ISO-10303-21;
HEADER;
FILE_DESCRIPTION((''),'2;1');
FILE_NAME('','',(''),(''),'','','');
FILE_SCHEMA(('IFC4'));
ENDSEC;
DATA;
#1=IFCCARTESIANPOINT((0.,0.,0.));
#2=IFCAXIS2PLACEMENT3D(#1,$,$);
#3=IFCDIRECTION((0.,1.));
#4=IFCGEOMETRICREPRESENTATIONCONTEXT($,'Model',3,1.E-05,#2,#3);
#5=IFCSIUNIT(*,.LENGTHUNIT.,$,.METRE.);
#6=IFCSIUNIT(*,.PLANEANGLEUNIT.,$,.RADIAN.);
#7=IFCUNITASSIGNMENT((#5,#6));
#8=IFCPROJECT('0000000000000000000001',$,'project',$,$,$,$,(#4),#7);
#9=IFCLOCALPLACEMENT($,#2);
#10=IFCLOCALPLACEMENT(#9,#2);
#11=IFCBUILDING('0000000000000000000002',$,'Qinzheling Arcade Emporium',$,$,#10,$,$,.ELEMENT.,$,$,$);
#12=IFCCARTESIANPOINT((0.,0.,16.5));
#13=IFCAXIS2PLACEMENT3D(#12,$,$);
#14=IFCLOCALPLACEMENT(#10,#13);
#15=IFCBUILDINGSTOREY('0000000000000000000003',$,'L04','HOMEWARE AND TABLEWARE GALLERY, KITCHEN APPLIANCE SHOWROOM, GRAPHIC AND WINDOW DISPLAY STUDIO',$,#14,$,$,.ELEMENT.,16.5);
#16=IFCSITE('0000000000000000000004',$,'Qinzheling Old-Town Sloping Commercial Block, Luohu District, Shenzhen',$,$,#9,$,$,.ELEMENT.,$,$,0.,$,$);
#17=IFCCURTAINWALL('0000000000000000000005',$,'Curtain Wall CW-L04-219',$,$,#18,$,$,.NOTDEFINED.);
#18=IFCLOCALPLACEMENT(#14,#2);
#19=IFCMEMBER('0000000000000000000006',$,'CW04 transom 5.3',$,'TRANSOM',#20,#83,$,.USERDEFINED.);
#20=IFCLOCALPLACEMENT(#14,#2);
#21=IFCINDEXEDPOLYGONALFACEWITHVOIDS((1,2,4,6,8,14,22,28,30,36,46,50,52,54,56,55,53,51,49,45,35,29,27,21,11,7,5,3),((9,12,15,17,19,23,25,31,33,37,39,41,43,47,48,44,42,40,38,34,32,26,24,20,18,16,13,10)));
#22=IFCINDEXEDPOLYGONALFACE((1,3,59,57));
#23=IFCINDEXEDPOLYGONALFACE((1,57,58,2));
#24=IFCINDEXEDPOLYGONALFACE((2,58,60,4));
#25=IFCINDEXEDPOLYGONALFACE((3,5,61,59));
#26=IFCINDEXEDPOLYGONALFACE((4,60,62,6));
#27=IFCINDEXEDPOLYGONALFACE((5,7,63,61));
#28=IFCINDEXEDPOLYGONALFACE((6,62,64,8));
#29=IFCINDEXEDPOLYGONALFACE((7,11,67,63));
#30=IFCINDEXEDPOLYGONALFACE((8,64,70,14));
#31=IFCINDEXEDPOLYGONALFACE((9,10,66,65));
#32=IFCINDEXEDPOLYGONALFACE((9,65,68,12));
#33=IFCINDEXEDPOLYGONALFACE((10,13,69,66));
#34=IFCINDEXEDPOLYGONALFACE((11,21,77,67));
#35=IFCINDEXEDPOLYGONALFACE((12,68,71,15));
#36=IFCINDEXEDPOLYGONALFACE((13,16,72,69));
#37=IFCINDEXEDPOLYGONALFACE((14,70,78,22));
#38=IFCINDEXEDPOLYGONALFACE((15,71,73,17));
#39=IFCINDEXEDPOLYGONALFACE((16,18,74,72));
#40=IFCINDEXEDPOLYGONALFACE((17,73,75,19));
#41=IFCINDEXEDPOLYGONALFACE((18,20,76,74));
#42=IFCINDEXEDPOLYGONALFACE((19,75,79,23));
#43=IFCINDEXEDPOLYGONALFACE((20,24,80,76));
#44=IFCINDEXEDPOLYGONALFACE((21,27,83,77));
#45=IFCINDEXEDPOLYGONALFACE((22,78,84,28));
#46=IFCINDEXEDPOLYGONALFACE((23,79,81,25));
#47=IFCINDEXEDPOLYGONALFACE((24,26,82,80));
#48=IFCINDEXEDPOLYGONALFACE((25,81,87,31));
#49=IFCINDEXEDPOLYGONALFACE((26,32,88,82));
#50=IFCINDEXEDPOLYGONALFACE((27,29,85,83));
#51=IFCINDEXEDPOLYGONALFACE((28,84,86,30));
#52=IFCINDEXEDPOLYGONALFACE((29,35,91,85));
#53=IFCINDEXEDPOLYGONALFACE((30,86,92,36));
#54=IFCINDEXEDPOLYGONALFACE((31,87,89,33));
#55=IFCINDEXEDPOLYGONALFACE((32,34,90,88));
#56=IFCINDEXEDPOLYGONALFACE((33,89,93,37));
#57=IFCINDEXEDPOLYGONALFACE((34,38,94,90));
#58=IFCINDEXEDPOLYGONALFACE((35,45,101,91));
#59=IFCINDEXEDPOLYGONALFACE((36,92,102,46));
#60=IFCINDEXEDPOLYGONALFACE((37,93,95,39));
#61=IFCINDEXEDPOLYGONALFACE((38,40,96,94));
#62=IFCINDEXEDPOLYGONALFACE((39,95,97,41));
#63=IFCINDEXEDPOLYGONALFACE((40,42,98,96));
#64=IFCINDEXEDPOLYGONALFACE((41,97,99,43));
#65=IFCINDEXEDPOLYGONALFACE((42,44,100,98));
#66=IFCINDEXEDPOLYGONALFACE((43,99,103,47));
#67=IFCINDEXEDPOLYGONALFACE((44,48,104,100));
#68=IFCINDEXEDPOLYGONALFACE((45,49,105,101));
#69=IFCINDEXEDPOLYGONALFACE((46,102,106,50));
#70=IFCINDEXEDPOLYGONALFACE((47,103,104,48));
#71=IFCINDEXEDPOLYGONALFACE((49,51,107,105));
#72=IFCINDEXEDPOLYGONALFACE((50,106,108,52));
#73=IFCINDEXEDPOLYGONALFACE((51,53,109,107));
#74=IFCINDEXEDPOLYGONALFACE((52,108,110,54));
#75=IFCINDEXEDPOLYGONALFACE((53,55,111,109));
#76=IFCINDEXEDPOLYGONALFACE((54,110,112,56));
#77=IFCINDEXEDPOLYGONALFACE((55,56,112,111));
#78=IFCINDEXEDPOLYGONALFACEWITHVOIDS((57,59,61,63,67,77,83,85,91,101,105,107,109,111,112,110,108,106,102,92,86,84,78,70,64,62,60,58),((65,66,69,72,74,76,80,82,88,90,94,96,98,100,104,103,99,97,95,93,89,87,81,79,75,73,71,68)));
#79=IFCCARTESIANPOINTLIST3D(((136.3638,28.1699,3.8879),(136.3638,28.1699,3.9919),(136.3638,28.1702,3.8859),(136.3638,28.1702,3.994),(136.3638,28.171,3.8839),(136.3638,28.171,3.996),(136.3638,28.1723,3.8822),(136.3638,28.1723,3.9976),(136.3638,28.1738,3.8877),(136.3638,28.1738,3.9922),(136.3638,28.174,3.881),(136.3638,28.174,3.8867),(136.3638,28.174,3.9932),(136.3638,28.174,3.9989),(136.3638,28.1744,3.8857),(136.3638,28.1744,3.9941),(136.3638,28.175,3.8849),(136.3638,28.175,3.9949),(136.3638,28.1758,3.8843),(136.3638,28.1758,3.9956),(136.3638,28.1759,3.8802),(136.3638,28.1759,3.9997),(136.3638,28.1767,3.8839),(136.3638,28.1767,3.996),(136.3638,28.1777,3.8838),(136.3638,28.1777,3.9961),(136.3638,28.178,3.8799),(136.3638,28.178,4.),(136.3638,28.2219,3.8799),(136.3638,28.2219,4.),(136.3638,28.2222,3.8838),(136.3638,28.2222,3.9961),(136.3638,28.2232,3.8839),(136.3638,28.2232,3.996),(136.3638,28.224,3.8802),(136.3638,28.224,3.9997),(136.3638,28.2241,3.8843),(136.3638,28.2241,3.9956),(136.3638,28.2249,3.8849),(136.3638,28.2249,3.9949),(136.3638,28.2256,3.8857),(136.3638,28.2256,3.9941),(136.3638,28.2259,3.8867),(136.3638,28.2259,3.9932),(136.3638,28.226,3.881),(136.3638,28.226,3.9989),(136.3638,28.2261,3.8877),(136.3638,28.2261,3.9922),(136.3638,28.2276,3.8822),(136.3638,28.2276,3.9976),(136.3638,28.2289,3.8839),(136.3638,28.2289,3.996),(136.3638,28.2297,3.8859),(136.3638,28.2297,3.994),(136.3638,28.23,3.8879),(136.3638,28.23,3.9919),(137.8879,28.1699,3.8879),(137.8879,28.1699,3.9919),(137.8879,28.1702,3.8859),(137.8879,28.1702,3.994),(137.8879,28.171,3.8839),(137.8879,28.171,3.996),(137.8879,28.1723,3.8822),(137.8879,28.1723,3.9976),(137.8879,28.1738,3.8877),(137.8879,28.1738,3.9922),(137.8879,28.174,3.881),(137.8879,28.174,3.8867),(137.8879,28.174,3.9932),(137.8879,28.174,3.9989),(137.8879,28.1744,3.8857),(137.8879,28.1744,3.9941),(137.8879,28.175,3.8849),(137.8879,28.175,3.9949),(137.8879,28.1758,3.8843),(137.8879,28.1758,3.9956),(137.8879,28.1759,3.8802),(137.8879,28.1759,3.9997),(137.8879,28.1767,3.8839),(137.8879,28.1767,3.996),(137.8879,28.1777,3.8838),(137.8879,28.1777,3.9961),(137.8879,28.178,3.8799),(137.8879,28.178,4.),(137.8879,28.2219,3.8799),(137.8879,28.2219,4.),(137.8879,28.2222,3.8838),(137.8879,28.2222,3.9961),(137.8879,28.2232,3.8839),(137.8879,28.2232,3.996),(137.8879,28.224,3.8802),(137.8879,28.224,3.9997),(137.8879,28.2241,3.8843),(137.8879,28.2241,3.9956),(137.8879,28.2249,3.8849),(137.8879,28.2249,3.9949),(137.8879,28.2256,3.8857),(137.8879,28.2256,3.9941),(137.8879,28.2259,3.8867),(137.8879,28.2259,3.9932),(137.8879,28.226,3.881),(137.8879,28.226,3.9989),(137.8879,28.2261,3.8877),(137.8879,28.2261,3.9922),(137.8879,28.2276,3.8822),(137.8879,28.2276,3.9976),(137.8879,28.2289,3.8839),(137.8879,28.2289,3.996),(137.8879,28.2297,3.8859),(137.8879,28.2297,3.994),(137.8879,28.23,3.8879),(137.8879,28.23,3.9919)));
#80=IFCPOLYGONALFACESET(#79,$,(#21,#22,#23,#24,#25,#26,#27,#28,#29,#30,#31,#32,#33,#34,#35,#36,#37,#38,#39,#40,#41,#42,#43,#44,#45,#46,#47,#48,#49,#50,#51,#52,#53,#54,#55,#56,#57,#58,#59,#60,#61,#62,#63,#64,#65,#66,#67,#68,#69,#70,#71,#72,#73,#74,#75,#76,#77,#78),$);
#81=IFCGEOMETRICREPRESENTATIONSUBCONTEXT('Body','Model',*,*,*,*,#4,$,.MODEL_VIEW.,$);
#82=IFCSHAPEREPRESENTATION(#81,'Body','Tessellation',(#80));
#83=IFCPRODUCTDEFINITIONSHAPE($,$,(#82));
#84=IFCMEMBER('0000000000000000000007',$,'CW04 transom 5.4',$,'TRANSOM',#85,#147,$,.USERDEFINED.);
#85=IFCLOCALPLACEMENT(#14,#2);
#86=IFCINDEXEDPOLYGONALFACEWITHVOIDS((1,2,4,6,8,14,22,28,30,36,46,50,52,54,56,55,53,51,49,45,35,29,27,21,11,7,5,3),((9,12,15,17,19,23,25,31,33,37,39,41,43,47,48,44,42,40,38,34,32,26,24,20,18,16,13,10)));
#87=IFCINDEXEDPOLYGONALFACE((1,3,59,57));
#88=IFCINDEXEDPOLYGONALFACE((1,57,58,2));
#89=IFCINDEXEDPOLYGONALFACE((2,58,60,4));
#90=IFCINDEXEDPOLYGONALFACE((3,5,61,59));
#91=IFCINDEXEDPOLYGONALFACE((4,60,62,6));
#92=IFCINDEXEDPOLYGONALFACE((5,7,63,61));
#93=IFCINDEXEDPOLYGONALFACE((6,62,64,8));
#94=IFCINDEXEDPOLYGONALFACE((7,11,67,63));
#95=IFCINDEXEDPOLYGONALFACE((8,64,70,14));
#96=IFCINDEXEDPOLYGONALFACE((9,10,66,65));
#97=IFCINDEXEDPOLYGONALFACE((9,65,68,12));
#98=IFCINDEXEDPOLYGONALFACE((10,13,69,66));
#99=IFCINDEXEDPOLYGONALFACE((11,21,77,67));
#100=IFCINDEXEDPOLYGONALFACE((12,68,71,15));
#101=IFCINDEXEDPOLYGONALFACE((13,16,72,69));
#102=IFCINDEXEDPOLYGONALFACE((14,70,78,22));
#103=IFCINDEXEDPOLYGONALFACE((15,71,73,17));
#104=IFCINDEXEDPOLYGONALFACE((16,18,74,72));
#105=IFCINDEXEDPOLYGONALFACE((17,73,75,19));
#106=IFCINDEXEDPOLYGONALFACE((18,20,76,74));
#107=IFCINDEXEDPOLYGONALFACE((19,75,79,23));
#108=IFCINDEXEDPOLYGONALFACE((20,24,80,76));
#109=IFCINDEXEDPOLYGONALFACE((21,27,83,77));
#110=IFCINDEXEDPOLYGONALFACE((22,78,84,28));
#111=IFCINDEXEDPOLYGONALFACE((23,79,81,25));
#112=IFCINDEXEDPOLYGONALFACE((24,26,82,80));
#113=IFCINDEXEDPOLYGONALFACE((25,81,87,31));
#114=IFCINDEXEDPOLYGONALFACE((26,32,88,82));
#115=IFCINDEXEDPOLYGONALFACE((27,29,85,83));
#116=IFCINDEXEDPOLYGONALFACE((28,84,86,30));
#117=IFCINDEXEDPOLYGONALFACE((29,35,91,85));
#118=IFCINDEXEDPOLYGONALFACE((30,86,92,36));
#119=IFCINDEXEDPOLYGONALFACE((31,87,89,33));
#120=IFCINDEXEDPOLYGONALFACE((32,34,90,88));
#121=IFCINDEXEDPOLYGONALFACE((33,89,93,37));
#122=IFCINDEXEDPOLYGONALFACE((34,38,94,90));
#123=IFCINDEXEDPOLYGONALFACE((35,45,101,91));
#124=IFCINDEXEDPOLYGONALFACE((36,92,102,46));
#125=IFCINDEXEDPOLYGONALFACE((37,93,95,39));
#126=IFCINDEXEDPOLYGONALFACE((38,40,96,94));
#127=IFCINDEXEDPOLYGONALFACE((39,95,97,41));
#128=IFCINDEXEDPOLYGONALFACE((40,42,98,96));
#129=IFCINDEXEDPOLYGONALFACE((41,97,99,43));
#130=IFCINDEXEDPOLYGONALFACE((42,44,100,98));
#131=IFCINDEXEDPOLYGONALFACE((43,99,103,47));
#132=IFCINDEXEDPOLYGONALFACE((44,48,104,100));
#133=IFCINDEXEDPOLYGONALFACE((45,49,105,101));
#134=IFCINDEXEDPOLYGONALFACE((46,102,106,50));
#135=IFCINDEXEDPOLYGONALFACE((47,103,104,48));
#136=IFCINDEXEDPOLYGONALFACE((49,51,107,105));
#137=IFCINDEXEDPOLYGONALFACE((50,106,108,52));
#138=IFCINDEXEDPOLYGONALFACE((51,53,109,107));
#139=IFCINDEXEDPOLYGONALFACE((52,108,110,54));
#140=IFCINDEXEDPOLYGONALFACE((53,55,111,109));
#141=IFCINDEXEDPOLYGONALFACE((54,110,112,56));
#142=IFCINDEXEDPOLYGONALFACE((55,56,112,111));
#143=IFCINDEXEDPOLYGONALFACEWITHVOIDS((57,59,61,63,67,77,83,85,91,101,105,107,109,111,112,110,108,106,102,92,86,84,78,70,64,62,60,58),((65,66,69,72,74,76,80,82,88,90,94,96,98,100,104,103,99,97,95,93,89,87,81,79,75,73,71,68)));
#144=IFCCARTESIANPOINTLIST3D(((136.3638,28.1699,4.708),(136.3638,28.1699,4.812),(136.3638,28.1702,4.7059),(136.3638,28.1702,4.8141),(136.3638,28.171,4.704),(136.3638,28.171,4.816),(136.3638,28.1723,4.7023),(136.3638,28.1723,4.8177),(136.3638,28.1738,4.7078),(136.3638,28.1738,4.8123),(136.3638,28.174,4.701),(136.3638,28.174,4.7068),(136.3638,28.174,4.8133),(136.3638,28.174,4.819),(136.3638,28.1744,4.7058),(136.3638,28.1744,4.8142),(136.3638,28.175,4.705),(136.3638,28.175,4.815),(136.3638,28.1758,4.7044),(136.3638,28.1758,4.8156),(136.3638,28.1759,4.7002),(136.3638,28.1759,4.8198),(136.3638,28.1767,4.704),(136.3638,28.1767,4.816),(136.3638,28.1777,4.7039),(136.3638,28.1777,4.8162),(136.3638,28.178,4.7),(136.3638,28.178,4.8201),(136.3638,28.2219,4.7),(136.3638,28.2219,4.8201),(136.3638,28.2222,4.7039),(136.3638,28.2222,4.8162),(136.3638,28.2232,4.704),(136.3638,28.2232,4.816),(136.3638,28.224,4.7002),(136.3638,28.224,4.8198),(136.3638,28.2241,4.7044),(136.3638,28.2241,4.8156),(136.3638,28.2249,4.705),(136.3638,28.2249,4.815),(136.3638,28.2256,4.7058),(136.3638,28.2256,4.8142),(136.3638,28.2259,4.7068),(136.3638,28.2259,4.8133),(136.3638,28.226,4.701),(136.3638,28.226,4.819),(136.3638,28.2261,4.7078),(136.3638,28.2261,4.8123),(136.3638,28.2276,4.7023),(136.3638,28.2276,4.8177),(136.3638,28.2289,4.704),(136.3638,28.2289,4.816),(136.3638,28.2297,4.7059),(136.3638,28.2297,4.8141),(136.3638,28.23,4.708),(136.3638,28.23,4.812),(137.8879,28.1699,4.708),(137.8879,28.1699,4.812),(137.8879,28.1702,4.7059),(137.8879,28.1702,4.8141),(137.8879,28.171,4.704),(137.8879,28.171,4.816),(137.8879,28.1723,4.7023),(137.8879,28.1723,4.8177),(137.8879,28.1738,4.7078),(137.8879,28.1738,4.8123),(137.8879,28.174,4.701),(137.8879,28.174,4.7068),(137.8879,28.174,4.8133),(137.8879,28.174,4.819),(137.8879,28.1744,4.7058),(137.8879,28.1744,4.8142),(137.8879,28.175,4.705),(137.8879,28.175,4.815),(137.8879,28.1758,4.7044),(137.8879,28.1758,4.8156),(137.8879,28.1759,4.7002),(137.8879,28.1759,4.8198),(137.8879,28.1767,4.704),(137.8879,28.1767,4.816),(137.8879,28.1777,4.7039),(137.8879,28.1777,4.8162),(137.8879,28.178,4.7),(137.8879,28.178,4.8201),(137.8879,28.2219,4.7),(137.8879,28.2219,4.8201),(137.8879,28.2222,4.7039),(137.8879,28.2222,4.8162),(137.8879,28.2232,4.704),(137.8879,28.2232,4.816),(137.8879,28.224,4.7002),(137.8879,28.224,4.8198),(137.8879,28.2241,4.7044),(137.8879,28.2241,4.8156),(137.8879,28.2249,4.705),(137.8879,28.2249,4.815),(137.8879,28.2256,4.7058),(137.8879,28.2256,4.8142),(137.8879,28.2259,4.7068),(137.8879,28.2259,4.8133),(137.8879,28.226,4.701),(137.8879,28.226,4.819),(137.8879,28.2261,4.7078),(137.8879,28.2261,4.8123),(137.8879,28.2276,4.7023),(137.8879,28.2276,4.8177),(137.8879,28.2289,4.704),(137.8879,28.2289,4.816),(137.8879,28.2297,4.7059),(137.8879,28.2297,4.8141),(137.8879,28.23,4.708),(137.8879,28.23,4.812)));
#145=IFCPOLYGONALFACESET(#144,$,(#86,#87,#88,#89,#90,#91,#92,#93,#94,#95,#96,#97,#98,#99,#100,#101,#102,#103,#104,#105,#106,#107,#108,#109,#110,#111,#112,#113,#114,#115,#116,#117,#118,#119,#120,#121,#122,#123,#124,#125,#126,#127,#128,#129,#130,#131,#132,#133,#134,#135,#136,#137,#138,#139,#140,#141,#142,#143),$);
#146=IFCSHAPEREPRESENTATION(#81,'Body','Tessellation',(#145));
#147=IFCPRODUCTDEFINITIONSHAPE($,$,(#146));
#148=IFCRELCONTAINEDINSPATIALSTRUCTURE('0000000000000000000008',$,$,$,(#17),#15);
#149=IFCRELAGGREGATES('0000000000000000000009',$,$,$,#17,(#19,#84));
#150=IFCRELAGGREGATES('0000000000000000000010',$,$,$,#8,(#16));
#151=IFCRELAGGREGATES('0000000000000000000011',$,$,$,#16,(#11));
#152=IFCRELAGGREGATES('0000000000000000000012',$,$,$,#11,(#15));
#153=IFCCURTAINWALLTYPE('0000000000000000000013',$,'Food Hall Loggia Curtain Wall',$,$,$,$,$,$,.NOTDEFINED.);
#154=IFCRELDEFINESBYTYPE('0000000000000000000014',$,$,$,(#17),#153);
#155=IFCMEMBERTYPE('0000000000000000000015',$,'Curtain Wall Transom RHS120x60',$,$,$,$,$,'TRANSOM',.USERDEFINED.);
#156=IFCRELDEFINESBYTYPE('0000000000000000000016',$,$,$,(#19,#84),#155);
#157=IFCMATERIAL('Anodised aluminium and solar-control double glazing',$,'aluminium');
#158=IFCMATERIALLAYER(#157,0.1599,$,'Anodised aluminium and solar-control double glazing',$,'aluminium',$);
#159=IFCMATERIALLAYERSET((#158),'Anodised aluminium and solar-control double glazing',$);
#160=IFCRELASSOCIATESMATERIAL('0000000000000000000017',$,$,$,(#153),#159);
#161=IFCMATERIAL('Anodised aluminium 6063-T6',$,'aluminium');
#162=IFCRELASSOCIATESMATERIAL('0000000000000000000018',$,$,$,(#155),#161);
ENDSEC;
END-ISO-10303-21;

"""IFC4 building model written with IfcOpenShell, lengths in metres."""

from ifc_helpers import new_model, si_unit, direction, frame, origin, origin_2d, place, context, subcontext, project, spatial, hollow_rectangle, extrude, material, layer, layer_set, material_profile, profile_set, type_object, element, aggregate, save


model = new_model("IFC4")

# Units and contexts
model_context = context("Model", 3, precision=1e-05, world=origin(), true_north=direction((0.0, 1.0)))
body_context = subcontext(model_context, "Body", "Model", "MODEL_VIEW")
ifc_project = project(units=[si_unit("LENGTHUNIT", "METRE"), si_unit("PLANEANGLEUNIT", "RADIAN")], contexts=[model_context])

# Site, building, storey
site_placement = place(None, origin())
site = spatial("IfcSite", under=ifc_project, at=site_placement, Name="Qinzheling Old-Town Sloping Commercial Block, Luohu District, Shenzhen", CompositionType="ELEMENT", RefElevation=0.0)
building_placement = place(site_placement, origin())
building = spatial("IfcBuilding", under=site, at=building_placement, Name="Qinzheling Arcade Emporium", CompositionType="ELEMENT")
storey_placement = place(building_placement, frame((0.0, 0.0, 16.5)))
storey = spatial("IfcBuildingStorey", under=building, at=storey_placement, Name="L04", Description="HOMEWARE AND TABLEWARE GALLERY, KITCHEN APPLIANCE SHOWROOM, GRAPHIC AND WINDOW DISPLAY STUDIO", CompositionType="ELEMENT", Elevation=16.5)

# Curtain wall
ifc_material_1 = material(Name="Anodised aluminium and solar-control double glazing", Category="aluminium")
ifc_layer_1 = layer(ifc_material_1, 0.1599, Name="Anodised aluminium and solar-control double glazing", Category="aluminium")
ifc_layer_set_1 = layer_set([ifc_layer_1], Name="Anodised aluminium and solar-control double glazing")
curtain_wall_type = type_object("IfcCurtainWallType", Name="Food Hall Loggia Curtain Wall", PredefinedType="NOTDEFINED", material=ifc_layer_set_1)
curtain_wall_1_placement = place(storey_placement, origin())
curtain_wall_1 = element("IfcCurtainWall", 1, at=curtain_wall_1_placement, inside=storey, type_object=curtain_wall_type, Name="Curtain Wall CW-L04-219", PredefinedType="NOTDEFINED")
ifc_material_2 = material(Name="Anodised aluminium 6063-T6", Category="aluminium")

# Members
ifc_material_profile_1 = material_profile(ifc_material_2, hollow_rectangle(XDim=0.0601, YDim=0.1201, WallThickness=0.0039, InnerFilletRadius=0.0039, OuterFilletRadius=0.0081, at=origin_2d()), Name="RHS 120x60x4", Category="aluminium")
ifc_profile_set_1 = profile_set([ifc_material_profile_1], Name="Anodised aluminium 6063-T6")
member_type_1 = type_object("IfcMemberType", Name="Curtain Wall Transom RHS120x60", ElementType="TRANSOM", PredefinedType="USERDEFINED", material=ifc_profile_set_1)
member_1_placement = place(storey_placement, frame((136.3638, 28.2, 3.9399), z_axis=(1.0, 0.0, 0.0), x_axis=(0.0, 1.0, 0.0)))
member_1 = element("IfcMember", 2, at=member_1_placement, type_object=member_type_1, Name="CW04 transom 5.3", ObjectType="TRANSOM", PredefinedType="USERDEFINED", context=body_context, shape_type="SweptSolid", body=[
    extrude(hollow_rectangle(XDim=0.0601, YDim=0.1201, WallThickness=0.0039, InnerFilletRadius=0.0039, OuterFilletRadius=0.0081, at=origin_2d()), origin(), (0.0, 0.0, 1.0), 1.5242),
])
member_2_placement = place(storey_placement, frame((136.3638, 28.2, 4.76), z_axis=(1.0, 0.0, 0.0), x_axis=(0.0, 1.0, 0.0)))
member_2 = element("IfcMember", 3, at=member_2_placement, type_object=member_type_1, Name="CW04 transom 5.4", ObjectType="TRANSOM", PredefinedType="USERDEFINED", context=body_context, shape_type="SweptSolid", body=[
    extrude(hollow_rectangle(XDim=0.0601, YDim=0.1201, WallThickness=0.0039, InnerFilletRadius=0.0039, OuterFilletRadius=0.0081, at=origin_2d()), origin(), (0.0, 0.0, 1.0), 1.5242),
])

aggregate(curtain_wall_1, [member_1, member_2])

save(model, "model.ifc")
